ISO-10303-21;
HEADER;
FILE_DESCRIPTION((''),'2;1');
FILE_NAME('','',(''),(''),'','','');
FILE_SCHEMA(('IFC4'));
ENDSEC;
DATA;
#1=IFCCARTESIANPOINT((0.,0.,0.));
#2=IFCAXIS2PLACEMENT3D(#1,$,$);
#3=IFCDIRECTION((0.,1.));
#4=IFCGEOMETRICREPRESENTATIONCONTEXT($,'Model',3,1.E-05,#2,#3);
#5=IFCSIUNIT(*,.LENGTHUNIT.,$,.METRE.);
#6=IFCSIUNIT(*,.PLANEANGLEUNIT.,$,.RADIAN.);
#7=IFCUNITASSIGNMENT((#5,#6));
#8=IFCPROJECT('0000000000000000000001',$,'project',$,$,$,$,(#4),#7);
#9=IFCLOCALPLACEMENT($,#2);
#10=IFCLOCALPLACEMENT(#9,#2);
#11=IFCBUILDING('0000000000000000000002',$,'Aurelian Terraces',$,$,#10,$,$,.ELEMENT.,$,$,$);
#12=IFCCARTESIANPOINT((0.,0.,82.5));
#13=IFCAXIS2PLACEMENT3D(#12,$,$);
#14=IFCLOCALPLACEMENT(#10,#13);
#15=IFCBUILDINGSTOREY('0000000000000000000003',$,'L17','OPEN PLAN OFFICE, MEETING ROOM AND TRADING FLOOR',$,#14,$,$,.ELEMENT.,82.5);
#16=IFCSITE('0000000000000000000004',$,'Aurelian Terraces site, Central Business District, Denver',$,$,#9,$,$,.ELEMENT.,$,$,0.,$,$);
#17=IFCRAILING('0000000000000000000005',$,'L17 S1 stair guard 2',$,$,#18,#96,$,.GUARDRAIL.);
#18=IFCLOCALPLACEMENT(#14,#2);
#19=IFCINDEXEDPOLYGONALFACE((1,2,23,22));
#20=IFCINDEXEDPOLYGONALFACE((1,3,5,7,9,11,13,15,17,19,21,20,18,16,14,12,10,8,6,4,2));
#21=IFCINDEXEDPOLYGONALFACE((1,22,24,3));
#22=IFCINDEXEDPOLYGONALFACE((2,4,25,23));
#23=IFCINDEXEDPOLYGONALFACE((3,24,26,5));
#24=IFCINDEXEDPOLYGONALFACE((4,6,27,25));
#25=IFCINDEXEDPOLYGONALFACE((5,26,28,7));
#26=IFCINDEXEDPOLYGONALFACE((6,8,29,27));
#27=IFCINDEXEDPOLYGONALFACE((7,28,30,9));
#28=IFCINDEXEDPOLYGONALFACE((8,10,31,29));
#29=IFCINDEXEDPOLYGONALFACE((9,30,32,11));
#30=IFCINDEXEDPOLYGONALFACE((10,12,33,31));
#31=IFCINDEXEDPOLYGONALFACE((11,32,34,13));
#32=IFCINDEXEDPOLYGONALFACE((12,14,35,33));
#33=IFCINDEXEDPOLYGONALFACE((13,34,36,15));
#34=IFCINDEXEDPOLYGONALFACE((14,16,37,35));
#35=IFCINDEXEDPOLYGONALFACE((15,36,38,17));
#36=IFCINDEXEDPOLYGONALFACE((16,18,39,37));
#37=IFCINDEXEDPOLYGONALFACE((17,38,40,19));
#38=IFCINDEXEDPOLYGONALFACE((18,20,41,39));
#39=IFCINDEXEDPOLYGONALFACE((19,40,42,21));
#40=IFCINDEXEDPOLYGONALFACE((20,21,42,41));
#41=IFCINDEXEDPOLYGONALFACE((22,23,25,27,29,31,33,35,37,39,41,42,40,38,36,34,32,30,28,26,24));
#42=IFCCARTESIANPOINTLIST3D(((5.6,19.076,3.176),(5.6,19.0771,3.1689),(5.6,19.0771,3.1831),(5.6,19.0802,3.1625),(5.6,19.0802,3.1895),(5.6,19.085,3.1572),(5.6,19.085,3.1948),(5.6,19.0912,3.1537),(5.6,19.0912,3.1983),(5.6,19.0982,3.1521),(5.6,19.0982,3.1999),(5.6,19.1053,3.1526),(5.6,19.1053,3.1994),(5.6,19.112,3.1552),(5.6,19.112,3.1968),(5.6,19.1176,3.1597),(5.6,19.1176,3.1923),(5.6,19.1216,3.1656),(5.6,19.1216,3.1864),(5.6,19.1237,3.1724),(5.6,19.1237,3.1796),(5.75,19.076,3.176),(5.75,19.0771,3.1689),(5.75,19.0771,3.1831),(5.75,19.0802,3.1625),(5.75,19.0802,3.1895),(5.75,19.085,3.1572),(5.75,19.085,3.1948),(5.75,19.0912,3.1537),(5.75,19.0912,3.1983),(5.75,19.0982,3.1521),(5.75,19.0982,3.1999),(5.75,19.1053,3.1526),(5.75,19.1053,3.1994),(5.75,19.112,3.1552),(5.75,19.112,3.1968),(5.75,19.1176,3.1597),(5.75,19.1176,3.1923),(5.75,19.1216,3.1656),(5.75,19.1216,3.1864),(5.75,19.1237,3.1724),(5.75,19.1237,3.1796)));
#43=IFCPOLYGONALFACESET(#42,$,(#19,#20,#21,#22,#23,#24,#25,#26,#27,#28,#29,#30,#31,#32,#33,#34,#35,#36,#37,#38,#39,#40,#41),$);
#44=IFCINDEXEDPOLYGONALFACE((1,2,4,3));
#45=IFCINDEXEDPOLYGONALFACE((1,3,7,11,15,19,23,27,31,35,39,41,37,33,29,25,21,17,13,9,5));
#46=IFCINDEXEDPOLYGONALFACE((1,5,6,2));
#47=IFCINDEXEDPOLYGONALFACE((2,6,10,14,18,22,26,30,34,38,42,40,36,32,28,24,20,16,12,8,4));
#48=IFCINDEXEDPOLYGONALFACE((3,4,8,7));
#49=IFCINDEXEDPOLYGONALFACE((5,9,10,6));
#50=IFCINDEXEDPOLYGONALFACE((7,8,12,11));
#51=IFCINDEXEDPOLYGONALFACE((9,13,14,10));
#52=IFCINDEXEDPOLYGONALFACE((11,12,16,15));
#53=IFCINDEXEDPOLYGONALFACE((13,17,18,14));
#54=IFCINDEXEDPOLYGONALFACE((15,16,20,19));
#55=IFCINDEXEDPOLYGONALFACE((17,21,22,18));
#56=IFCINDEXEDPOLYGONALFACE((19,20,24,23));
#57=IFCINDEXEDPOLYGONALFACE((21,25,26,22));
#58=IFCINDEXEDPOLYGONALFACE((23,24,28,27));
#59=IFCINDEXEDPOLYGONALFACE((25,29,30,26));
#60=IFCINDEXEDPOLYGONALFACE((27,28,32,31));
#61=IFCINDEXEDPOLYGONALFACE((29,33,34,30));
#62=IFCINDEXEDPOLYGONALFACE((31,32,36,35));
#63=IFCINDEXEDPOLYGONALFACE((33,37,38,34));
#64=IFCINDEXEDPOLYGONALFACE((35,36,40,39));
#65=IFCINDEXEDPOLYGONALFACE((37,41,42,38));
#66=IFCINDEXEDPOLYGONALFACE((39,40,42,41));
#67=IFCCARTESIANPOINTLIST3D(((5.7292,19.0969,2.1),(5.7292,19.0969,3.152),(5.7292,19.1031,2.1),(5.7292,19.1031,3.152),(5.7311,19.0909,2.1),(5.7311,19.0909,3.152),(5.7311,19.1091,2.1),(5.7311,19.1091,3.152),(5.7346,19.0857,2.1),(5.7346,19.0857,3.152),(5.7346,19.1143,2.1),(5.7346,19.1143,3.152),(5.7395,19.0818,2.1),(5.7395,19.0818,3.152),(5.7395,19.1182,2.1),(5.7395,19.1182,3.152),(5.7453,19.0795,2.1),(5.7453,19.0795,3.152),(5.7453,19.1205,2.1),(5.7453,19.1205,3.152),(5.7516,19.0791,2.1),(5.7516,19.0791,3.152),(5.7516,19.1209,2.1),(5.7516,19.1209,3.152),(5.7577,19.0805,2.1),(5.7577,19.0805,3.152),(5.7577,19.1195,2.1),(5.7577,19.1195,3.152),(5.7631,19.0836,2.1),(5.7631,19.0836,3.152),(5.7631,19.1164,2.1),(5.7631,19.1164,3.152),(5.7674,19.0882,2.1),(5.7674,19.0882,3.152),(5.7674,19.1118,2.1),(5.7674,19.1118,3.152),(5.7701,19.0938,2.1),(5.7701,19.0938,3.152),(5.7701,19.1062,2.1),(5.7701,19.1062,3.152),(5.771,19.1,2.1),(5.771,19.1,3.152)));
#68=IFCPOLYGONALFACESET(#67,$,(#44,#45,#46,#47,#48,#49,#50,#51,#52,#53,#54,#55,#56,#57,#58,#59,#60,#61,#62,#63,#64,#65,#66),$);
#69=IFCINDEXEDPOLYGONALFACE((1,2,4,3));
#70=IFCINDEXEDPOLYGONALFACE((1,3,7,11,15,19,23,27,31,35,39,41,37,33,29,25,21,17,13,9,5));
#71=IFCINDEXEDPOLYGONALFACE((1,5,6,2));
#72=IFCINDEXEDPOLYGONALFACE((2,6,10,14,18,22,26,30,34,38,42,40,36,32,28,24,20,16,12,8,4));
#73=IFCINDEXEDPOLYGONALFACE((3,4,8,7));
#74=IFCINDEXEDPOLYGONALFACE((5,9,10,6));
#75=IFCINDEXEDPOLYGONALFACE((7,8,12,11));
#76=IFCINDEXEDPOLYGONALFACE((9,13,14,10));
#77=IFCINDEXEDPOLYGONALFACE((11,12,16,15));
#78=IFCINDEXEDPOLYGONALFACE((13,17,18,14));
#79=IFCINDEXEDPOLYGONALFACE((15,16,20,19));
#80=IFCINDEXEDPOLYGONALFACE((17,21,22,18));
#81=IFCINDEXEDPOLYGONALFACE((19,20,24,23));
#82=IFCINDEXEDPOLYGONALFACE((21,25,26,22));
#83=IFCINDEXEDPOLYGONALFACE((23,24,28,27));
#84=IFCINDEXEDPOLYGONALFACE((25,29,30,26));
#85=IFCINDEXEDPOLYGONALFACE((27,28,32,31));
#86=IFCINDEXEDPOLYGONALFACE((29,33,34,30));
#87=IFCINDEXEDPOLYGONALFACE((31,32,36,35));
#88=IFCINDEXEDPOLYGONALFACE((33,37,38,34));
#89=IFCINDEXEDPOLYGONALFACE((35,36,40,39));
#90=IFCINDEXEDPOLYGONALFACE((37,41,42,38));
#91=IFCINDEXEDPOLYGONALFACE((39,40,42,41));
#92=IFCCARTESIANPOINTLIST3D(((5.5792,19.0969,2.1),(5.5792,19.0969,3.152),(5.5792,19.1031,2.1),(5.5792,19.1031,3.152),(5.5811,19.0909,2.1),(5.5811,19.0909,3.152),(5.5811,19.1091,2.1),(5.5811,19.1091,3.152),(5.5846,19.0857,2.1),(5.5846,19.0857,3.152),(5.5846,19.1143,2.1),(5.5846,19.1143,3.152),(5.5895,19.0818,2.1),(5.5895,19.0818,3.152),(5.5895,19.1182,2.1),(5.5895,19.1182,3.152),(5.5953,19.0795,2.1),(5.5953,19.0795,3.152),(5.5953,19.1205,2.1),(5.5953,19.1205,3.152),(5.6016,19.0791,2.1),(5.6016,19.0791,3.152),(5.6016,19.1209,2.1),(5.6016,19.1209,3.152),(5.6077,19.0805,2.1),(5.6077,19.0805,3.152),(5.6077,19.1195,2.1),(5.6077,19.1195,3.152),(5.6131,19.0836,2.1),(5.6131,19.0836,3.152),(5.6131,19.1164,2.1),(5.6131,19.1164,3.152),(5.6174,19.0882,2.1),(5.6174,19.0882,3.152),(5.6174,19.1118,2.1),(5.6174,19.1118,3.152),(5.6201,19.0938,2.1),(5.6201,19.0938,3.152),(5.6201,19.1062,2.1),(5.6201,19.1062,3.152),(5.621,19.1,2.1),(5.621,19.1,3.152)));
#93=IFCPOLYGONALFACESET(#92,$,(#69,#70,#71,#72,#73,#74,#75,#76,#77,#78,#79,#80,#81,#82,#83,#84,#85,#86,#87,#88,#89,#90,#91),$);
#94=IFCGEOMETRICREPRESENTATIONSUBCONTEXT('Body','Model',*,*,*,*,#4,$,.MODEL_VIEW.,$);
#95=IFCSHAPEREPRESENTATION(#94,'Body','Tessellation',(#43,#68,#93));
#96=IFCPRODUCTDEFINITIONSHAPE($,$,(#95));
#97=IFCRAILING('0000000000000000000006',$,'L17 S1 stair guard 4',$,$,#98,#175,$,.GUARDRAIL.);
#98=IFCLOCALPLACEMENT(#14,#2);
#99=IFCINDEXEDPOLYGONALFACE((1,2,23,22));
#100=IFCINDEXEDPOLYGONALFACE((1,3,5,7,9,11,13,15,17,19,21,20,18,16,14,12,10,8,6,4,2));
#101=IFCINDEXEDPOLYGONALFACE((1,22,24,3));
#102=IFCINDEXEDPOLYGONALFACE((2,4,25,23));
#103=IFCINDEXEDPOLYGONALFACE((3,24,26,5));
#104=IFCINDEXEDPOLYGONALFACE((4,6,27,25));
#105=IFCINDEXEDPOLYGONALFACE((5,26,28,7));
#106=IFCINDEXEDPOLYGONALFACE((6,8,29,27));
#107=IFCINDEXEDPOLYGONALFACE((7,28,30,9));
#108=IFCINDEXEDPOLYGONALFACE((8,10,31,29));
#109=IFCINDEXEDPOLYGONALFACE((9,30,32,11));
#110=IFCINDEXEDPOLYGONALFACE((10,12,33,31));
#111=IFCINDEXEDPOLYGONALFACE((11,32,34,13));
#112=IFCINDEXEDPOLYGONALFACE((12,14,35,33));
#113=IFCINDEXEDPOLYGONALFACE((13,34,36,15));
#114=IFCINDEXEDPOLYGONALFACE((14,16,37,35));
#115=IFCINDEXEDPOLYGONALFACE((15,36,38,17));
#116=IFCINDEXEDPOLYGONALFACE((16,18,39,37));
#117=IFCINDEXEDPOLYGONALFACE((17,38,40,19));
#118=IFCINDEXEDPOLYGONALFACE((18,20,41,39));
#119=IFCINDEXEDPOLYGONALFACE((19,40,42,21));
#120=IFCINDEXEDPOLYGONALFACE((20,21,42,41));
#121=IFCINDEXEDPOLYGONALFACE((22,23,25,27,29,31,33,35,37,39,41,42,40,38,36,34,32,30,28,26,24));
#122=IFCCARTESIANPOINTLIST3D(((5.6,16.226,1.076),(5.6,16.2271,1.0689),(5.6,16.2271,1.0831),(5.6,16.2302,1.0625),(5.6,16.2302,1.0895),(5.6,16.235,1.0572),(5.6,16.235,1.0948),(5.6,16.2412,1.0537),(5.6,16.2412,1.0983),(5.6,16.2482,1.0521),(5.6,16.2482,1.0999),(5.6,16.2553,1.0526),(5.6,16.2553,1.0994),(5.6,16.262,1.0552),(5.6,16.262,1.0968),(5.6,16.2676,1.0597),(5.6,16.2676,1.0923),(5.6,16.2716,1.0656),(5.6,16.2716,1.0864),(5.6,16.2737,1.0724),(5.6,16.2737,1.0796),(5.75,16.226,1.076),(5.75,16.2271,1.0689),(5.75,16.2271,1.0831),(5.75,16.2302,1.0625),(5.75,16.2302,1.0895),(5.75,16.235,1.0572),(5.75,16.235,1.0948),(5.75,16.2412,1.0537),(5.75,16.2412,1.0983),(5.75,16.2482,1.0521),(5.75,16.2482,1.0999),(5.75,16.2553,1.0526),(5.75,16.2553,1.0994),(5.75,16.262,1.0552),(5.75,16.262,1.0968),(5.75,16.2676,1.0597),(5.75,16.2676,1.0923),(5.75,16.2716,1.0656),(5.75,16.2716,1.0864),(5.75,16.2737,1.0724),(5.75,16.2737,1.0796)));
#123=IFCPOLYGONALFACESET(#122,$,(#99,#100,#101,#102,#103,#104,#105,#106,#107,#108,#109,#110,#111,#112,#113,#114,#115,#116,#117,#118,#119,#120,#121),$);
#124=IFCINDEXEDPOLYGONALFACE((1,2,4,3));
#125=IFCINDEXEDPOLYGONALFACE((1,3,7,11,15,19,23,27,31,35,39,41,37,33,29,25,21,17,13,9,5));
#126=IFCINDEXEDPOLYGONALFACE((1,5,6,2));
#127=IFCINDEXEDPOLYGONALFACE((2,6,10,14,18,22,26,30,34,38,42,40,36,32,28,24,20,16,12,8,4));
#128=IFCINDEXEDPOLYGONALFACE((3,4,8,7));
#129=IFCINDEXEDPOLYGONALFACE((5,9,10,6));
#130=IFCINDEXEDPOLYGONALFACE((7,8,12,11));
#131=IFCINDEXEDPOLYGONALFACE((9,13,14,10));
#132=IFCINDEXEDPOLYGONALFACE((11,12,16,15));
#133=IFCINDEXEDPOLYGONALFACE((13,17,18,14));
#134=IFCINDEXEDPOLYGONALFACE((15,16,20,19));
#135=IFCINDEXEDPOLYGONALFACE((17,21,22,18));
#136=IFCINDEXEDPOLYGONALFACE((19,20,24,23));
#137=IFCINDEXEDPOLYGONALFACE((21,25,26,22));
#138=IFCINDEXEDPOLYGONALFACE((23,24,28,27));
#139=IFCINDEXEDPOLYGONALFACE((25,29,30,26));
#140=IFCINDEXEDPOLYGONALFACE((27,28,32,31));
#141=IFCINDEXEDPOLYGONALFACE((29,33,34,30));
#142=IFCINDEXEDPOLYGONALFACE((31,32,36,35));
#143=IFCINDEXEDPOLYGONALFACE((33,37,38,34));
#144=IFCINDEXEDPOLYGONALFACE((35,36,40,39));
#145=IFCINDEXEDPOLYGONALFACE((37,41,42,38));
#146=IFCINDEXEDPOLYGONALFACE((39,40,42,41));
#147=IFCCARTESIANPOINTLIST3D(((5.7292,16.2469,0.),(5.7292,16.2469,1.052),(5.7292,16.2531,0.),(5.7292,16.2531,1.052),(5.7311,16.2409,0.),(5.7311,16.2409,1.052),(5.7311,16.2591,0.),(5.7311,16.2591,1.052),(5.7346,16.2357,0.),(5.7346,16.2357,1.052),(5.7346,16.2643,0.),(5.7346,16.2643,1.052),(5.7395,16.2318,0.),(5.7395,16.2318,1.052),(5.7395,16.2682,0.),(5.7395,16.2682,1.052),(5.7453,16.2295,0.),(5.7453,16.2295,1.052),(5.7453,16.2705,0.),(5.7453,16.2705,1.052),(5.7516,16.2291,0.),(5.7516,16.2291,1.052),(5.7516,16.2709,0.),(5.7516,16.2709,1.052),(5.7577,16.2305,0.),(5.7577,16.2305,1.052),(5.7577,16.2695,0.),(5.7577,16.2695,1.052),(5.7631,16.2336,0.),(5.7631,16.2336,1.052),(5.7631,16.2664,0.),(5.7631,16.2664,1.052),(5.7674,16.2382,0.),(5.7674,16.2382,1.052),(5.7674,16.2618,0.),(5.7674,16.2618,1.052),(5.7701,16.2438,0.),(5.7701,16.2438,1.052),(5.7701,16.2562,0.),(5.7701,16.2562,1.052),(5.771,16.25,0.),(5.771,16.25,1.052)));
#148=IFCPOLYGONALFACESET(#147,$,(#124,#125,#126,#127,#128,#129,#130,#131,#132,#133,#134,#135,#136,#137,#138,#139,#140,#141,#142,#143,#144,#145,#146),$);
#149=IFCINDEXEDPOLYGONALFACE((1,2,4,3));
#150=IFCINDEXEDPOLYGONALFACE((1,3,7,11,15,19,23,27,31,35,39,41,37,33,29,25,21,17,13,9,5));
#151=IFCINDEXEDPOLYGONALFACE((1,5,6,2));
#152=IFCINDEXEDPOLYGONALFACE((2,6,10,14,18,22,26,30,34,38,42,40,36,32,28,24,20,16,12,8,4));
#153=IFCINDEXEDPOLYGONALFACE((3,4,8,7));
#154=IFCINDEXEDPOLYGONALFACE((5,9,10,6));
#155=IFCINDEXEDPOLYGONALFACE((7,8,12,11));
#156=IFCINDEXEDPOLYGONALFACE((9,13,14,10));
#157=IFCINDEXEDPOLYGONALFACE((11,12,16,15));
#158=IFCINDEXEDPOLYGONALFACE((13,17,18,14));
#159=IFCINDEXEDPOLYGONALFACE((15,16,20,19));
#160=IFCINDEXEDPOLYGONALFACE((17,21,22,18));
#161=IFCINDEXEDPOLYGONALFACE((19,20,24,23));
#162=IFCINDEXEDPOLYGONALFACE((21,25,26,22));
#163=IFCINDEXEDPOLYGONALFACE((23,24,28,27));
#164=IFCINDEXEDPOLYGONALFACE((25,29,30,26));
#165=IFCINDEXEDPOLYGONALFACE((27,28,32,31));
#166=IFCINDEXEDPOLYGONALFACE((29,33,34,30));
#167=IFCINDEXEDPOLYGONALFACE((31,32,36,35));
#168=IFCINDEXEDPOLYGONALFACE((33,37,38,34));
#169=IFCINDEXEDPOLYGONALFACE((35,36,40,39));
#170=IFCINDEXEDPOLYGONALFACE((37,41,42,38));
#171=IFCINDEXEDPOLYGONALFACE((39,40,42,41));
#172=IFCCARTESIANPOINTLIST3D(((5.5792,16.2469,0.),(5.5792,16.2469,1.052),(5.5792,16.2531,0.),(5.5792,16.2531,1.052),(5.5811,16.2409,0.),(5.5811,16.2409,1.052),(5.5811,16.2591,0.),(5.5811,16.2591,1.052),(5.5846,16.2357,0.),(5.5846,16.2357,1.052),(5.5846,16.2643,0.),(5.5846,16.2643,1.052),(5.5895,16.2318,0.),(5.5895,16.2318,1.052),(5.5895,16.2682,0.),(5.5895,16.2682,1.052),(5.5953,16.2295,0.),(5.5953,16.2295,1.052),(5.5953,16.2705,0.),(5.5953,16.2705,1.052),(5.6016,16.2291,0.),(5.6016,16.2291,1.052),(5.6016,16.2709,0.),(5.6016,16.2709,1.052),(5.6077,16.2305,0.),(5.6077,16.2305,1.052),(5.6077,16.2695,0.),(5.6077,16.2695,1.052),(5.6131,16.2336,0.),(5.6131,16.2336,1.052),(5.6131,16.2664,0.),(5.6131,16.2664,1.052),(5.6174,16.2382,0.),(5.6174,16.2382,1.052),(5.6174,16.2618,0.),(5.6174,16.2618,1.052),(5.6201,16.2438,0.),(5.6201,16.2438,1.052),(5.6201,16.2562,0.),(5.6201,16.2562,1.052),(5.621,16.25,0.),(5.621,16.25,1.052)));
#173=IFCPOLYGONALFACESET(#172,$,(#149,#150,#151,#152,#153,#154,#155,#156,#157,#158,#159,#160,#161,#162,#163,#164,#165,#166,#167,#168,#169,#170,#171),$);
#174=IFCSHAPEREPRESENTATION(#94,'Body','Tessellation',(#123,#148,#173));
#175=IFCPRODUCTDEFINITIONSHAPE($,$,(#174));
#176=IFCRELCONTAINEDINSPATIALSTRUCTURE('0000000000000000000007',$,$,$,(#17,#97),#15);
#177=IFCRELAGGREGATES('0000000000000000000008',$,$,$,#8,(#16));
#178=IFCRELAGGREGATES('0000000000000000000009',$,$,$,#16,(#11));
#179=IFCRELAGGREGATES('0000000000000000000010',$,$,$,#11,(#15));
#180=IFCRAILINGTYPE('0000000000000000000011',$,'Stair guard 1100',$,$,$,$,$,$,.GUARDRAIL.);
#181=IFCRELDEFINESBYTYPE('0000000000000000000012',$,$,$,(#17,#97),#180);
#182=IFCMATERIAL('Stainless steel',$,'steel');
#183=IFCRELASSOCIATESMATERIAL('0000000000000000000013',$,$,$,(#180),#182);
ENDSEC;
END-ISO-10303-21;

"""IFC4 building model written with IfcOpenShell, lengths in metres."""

from ifc_helpers import new_model, si_unit, direction, frame, origin, origin_2d, place, context, subcontext, project, spatial, circle, extrude, source, transform, mapped, material, type_object, element, save


model = new_model("IFC4")

# Units and contexts
model_context = context("Model", 3, precision=1e-05, world=origin(), true_north=direction((0.0, 1.0)))
body_context = subcontext(model_context, "Body", "Model", "MODEL_VIEW")
ifc_project = project(units=[si_unit("LENGTHUNIT", "METRE"), si_unit("PLANEANGLEUNIT", "RADIAN")], contexts=[model_context])

# Site, building, storey
site_placement = place(None, origin())
site = spatial("IfcSite", under=ifc_project, at=site_placement, Name="Aurelian Terraces site, Central Business District, Denver", CompositionType="ELEMENT", RefElevation=0.0)
building_placement = place(site_placement, origin())
building = spatial("IfcBuilding", under=site, at=building_placement, Name="Aurelian Terraces", CompositionType="ELEMENT")
storey_placement = place(building_placement, frame((0.0, 0.0, 82.5)))
storey = spatial("IfcBuildingStorey", under=building, at=storey_placement, Name="L17", Description="OPEN PLAN OFFICE, MEETING ROOM AND TRADING FLOOR", CompositionType="ELEMENT", Elevation=82.5)

# Railings
ifc_material_1 = material(Name="Stainless steel", Category="steel")
railing_type_1 = type_object("IfcRailingType", Name="Stair guard 1100", PredefinedType="GUARDRAIL", material=ifc_material_1)
shared_shape_1 = source(origin(), body_context, "Body", "SweptSolid", [
    extrude(circle(Radius=0.024, at=origin_2d()), frame((0.0, 0.0, 1.076), z_axis=(-1.0, 0.0, 0.0), x_axis=(0.0, -1.0, 0.0)), (0.0, 0.0, 1.0), 0.15),
    extrude(circle(Radius=0.021, at=origin_2d()), origin(), (0.0, 0.0, 1.0), 1.052),
    extrude(circle(Radius=0.021, at=origin_2d()), frame((-0.15, 0.0, 0.0)), (0.0, 0.0, 1.0), 1.052),
])
for number, where, name in (
    (1, (5.75, 19.1, 2.1), "L17 S1 stair guard 2"),
    (2, (5.75, 16.25, 0.0), "L17 S1 stair guard 4"),
):
    element("IfcRailing", number, at=place(storey_placement, frame(where)), inside=storey, type_object=railing_type_1, Name=name, PredefinedType="GUARDRAIL", context=body_context, shape_type="MappedRepresentation", body=[
        mapped(shared_shape_1, transform((0.0, 0.0, 0.0), scale=1.0)),
    ])

save(model, "model.ifc")
